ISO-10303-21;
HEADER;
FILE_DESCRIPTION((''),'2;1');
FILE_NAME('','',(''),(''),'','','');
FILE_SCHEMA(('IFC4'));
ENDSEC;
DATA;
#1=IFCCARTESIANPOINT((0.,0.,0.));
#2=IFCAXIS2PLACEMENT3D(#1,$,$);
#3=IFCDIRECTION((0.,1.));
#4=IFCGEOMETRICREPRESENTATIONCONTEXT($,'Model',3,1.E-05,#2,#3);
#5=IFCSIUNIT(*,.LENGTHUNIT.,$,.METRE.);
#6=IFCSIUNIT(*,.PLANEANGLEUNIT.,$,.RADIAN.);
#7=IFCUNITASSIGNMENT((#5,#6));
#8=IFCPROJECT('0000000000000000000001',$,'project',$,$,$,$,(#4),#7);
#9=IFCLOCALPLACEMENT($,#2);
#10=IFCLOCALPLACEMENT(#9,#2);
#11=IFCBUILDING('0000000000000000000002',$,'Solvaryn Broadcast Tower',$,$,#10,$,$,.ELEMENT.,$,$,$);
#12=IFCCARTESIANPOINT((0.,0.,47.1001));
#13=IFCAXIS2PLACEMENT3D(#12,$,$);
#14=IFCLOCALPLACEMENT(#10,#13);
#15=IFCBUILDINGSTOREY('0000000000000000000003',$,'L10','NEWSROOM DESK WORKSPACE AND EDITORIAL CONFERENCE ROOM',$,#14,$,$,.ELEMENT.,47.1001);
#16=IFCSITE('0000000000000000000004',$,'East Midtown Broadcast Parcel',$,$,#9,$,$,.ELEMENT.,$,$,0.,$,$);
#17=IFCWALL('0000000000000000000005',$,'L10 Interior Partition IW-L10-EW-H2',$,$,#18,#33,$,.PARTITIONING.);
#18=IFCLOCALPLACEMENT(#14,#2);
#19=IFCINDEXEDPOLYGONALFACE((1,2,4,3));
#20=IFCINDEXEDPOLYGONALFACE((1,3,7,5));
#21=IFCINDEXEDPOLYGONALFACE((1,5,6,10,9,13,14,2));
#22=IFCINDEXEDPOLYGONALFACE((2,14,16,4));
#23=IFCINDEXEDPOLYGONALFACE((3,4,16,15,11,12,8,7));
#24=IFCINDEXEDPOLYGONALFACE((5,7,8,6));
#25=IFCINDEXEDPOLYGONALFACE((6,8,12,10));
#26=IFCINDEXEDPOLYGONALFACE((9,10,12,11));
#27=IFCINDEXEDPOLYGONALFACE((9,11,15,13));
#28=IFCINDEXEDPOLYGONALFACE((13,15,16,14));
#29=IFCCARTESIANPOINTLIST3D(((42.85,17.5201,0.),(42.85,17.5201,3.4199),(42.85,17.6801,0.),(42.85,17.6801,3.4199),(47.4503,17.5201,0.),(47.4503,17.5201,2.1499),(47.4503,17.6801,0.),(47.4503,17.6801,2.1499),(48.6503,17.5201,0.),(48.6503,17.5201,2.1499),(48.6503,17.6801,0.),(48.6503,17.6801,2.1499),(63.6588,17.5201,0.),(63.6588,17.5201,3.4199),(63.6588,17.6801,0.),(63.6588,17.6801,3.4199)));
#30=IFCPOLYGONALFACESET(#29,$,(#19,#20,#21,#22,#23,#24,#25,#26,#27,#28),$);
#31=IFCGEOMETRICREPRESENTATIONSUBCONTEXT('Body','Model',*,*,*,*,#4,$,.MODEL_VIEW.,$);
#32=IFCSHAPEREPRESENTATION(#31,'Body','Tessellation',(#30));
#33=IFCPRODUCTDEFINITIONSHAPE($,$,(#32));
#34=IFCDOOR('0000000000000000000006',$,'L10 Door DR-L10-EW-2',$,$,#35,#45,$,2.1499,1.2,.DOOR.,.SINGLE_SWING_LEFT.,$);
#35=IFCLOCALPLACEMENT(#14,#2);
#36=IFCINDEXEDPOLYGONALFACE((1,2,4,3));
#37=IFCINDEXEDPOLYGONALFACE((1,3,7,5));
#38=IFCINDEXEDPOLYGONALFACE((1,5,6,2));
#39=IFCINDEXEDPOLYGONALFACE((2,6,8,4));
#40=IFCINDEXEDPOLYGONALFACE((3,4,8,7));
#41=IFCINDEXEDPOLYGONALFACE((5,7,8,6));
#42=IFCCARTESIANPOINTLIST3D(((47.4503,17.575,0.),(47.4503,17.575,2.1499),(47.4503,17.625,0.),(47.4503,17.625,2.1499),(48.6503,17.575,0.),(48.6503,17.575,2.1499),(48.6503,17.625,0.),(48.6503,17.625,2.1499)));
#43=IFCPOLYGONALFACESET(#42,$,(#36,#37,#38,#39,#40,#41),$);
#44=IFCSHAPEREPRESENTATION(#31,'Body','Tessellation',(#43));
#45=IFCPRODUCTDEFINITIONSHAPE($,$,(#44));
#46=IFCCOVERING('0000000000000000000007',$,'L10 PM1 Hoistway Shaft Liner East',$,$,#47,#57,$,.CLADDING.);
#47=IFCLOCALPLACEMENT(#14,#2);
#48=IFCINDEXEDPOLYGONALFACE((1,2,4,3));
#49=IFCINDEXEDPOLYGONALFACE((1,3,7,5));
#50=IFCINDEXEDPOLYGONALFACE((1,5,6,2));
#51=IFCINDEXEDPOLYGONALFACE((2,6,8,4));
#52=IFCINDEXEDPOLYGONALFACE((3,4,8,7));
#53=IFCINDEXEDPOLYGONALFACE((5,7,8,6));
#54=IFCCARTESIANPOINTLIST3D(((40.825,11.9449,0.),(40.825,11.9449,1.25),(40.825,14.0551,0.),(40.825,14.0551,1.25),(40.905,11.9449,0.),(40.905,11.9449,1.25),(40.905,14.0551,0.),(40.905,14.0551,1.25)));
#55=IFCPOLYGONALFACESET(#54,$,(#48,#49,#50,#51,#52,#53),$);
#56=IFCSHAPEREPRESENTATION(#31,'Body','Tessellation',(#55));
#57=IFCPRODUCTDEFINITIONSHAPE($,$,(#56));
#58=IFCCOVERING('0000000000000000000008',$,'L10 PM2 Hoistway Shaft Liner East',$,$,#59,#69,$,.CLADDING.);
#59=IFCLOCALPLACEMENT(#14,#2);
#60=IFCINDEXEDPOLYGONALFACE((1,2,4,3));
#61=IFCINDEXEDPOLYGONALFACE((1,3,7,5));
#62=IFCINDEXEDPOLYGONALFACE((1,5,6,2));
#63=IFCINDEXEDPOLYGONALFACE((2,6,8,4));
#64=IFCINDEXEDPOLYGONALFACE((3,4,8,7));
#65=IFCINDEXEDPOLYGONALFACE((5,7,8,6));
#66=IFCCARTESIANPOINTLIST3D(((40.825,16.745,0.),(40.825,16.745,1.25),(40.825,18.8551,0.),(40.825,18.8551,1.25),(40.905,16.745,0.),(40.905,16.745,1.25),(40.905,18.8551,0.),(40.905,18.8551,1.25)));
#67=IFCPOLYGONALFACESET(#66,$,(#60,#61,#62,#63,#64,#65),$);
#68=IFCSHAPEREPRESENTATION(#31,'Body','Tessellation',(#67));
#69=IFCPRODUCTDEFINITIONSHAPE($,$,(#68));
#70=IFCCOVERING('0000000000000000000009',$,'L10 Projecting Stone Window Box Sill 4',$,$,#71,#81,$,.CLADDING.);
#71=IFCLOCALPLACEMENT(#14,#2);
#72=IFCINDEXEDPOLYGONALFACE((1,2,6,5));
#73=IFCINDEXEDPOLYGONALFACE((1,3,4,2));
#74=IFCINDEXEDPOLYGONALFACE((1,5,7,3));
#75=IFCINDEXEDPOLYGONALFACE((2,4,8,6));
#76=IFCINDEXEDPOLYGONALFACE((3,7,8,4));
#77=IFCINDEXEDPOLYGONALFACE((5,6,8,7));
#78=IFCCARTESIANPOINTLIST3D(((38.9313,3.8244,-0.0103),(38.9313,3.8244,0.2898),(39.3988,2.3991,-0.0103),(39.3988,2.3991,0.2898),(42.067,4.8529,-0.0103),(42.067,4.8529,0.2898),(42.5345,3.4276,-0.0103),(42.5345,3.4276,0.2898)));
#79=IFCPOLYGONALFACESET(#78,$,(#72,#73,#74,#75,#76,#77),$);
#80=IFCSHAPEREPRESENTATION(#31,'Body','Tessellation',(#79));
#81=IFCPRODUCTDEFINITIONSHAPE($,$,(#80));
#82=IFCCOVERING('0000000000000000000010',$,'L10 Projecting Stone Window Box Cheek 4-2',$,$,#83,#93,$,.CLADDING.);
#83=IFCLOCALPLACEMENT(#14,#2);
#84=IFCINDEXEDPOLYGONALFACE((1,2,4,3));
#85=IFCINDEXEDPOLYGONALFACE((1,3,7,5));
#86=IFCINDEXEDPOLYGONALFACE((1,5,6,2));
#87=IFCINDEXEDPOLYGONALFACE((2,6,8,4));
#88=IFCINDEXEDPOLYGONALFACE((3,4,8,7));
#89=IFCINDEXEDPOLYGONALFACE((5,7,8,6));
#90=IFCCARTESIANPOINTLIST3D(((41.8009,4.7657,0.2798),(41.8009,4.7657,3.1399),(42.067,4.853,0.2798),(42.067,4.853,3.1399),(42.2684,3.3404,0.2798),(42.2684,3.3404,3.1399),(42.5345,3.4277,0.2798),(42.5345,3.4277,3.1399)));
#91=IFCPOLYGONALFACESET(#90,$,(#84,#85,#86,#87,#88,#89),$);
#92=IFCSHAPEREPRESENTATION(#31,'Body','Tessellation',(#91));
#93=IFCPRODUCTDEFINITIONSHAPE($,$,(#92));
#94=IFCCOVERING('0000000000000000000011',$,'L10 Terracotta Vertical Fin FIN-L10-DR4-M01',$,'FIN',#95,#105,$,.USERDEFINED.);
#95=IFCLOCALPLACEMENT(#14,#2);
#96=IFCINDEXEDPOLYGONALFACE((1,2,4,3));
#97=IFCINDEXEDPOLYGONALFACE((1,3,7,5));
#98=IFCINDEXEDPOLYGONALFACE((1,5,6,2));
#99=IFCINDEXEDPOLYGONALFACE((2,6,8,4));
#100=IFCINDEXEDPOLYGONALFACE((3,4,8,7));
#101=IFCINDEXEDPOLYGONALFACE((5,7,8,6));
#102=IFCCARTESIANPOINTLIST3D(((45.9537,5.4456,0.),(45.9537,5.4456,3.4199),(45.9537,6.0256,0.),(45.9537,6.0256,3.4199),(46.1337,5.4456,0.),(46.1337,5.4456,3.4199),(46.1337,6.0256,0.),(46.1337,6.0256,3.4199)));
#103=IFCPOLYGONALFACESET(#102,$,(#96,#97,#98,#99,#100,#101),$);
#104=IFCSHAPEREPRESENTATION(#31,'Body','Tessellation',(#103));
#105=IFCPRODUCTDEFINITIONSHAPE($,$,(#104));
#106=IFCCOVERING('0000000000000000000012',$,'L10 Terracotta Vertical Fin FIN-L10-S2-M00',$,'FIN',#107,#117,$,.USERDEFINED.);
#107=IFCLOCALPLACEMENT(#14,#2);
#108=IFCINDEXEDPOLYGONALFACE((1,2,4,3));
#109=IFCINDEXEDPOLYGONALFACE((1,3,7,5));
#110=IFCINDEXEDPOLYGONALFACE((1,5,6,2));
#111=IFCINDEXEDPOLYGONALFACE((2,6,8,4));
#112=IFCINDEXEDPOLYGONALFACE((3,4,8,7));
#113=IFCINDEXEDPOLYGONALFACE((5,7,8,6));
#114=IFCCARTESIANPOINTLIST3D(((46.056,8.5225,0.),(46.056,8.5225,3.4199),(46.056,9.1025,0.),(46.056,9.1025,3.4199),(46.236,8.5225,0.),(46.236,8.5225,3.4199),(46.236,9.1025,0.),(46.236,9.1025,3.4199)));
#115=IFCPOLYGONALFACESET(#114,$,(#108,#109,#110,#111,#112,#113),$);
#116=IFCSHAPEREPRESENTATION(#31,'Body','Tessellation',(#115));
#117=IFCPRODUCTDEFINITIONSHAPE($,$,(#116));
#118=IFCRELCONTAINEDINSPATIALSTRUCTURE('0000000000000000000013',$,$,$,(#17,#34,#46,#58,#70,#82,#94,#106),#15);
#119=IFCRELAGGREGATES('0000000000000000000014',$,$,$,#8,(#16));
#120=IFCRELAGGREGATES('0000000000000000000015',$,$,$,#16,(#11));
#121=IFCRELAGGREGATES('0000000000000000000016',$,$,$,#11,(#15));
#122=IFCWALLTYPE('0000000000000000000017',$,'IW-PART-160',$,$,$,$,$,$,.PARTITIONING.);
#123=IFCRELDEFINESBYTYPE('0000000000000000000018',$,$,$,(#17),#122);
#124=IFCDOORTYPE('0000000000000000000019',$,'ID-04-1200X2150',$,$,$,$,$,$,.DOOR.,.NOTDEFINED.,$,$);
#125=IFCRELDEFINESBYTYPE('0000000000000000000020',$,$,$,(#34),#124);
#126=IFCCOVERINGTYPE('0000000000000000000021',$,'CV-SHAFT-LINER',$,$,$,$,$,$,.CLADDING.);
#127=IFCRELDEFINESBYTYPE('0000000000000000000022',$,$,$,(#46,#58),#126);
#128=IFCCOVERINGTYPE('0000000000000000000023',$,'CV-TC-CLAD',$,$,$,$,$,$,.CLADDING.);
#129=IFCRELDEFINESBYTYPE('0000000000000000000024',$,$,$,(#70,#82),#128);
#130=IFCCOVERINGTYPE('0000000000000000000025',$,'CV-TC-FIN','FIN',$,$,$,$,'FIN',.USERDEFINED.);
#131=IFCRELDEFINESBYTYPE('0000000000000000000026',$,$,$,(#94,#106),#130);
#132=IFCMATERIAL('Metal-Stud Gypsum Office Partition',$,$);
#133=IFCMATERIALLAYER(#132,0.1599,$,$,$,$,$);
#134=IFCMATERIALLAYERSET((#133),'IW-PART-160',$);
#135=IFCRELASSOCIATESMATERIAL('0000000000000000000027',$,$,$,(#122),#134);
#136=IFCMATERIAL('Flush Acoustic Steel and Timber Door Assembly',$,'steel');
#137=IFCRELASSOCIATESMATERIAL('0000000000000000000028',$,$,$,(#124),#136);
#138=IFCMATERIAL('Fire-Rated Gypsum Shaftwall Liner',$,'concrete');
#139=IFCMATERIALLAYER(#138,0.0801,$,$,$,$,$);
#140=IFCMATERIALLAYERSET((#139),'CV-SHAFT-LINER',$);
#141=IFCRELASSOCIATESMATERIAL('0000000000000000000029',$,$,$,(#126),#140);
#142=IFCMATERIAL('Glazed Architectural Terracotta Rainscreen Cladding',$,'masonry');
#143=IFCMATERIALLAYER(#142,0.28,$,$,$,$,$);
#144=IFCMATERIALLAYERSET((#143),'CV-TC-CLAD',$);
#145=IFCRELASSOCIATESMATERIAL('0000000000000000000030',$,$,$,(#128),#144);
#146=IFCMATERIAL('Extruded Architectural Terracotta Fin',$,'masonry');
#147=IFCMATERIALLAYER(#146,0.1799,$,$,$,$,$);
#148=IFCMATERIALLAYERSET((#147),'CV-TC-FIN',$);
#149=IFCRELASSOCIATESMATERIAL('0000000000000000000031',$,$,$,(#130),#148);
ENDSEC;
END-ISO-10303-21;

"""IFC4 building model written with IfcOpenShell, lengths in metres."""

from ifc_helpers import new_model, si_unit, direction, frame, frame_2d, origin, origin_2d, place, context, subcontext, project, spatial, rectangle, extrude, material, layer, layer_set, type_object, element, fill, save


model = new_model("IFC4")

# Units and contexts
model_context = context("Model", 3, precision=1e-05, world=origin(), true_north=direction((0.0, 1.0)))
body_context = subcontext(model_context, "Body", "Model", "MODEL_VIEW")
ifc_project = project(units=[si_unit("LENGTHUNIT", "METRE"), si_unit("PLANEANGLEUNIT", "RADIAN")], contexts=[model_context])

# Site, building, storey
site_placement = place(None, origin())
site = spatial("IfcSite", under=ifc_project, at=site_placement, Name="East Midtown Broadcast Parcel", CompositionType="ELEMENT", RefElevation=0.0)
building_placement = place(site_placement, origin())
building = spatial("IfcBuilding", under=site, at=building_placement, Name="Solvaryn Broadcast Tower", CompositionType="ELEMENT")
storey_placement = place(building_placement, frame((0.0, 0.0, 47.1001)))
storey = spatial("IfcBuildingStorey", under=building, at=storey_placement, Name="L10", Description="NEWSROOM DESK WORKSPACE AND EDITORIAL CONFERENCE ROOM", CompositionType="ELEMENT", Elevation=47.1001)

# Shared definitions
ifc_material_1 = material(Name="Metal-Stud Gypsum Office Partition")
ifc_layer_1 = layer(ifc_material_1, 0.1599)
ifc_layer_set_1 = layer_set([ifc_layer_1], Name="IW-PART-160")
wall_type_1 = type_object("IfcWallType", Name="IW-PART-160", PredefinedType="PARTITIONING", material=ifc_layer_set_1)

# Wall, opening, door
wall_1_placement = place(storey_placement, frame((42.8501, 17.6001, 0.0), z_axis=(0.0, 0.0, 1.0), x_axis=(1.0, 0.0, 0.0)))
wall_1 = element("IfcWall", 1, at=wall_1_placement, inside=storey, type_object=wall_type_1, Name="L10 Interior Partition IW-L10-EW-H2", PredefinedType="PARTITIONING", context=body_context, shape_type="SweptSolid", body=[
    extrude(rectangle(XDim=20.8088, YDim=0.1599, at=frame_2d((10.4043, 0.0))), origin(), (0.0, 0.0, 1.0), 3.4199),
])
opening_1_placement = place(wall_1_placement, frame((4.6001, 0.0, 0.0)))
opening_1 = element("IfcOpeningElement", 2, at=opening_1_placement, cuts=wall_1, PredefinedType="OPENING", context=body_context, shape_type="SweptSolid", body=[
    extrude(rectangle(XDim=1.2, YDim=2.1499, at=frame_2d((0.6001, 1.075))), frame((0.0, 0.0901, 0.0), z_axis=(0.0, -1.0, 0.0), x_axis=(1.0, 0.0, 0.0)), (0.0, 0.0, 1.0), 0.1799),
])
ifc_material_2 = material(Name="Flush Acoustic Steel and Timber Door Assembly", Category="steel")
door_type_1 = type_object("IfcDoorType", Name="ID-04-1200X2150", OperationType="NOTDEFINED", PredefinedType="DOOR", material=ifc_material_2)
door_1_placement = place(opening_1_placement, origin())
door_1 = element("IfcDoor", 3, at=door_1_placement, inside=storey, type_object=door_type_1, Name="L10 Door DR-L10-EW-2", OperationType="SINGLE_SWING_LEFT", OverallHeight=2.1499, OverallWidth=1.2, PredefinedType="DOOR", context=body_context, shape_type="SweptSolid", body=[
    extrude(rectangle(XDim=1.2, YDim=2.1499, at=frame_2d((0.6001, 1.075))), frame((0.0, 0.0249, 0.0), z_axis=(0.0, -1.0, 0.0), x_axis=(1.0, 0.0, 0.0)), (0.0, 0.0, 1.0), 0.05),
])
fill(opening_1, door_1)

# Coverings
ifc_material_3 = material(Name="Fire-Rated Gypsum Shaftwall Liner", Category="concrete")
ifc_layer_2 = layer(ifc_material_3, 0.0801)
ifc_layer_set_2 = layer_set([ifc_layer_2], Name="CV-SHAFT-LINER")
covering_type_1 = type_object("IfcCoveringType", Name="CV-SHAFT-LINER", PredefinedType="CLADDING", material=ifc_layer_set_2)
for number, where, z_axis, x_axis, name in (
    (4, (40.865, 13.0, 0.0), (0.0, 0.0, 1.0), (1.0, 0.0, 0.0), "L10 PM1 Hoistway Shaft Liner East"),
    (5, (40.865, 17.8, 0.0), (0.0, 0.0, 1.0), (1.0, 0.0, 0.0), "L10 PM2 Hoistway Shaft Liner East"),
):
    element("IfcCovering", number, at=place(storey_placement, frame(where, z_axis=z_axis, x_axis=x_axis)), inside=storey, type_object=covering_type_1, Name=name, PredefinedType="CLADDING", context=body_context, shape_type="SweptSolid", body=[
        extrude(rectangle(XDim=0.0801, YDim=2.1101, at=origin_2d()), origin(), (0.0, 0.0, 1.0), 1.25),
    ])
ifc_material_4 = material(Name="Glazed Architectural Terracotta Rainscreen Cladding", Category="masonry")
ifc_layer_3 = layer(ifc_material_4, 0.28)
ifc_layer_set_3 = layer_set([ifc_layer_3], Name="CV-TC-CLAD")
covering_type_2 = type_object("IfcCoveringType", Name="CV-TC-CLAD", PredefinedType="CLADDING", material=ifc_layer_set_3)
covering_1_placement = place(storey_placement, frame((40.7329, 3.626, -0.0103), z_axis=(0.0, 0.0, 1.0), x_axis=(0.95019, 0.311672, 0.0)))
element("IfcCovering", 6, at=covering_1_placement, inside=storey, type_object=covering_type_2, Name="L10 Projecting Stone Window Box Sill 4", PredefinedType="CLADDING", context=body_context, shape_type="SweptSolid", body=[
    extrude(rectangle(XDim=3.3, YDim=1.5, at=origin_2d()), origin(), (0.0, 0.0, 1.0), 0.3),
])
covering_2_placement = place(storey_placement, frame((42.1677, 4.0967, 0.2798), z_axis=(0.0, 0.0, 1.0), x_axis=(0.95019, 0.311672, 0.0)))
element("IfcCovering", 7, at=covering_2_placement, inside=storey, type_object=covering_type_2, Name="L10 Projecting Stone Window Box Cheek 4-2", PredefinedType="CLADDING", context=body_context, shape_type="SweptSolid", body=[
    extrude(rectangle(XDim=0.28, YDim=1.5, at=origin_2d()), origin(), (0.0, 0.0, 1.0), 2.8601),
])
ifc_material_5 = material(Name="Extruded Architectural Terracotta Fin", Category="masonry")
ifc_layer_4 = layer(ifc_material_5, 0.1799)
ifc_layer_set_4 = layer_set([ifc_layer_4], Name="CV-TC-FIN")
covering_type_3 = type_object("IfcCoveringType", Name="CV-TC-FIN", Description="FIN", ElementType="FIN", PredefinedType="USERDEFINED", material=ifc_layer_set_4)
for number, where, z_axis, x_axis, name in (
    (8, (46.0437, 5.7356, 0.0), (0.0, 0.0, 1.0), (1.0, 0.0, 0.0), "L10 Terracotta Vertical Fin FIN-L10-DR4-M01"),
    (9, (46.146, 8.8125, 0.0), (0.0, 0.0, 1.0), (1.0, 0.0, 0.0), "L10 Terracotta Vertical Fin FIN-L10-S2-M00"),
):
    element("IfcCovering", number, at=place(storey_placement, frame(where, z_axis=z_axis, x_axis=x_axis)), inside=storey, type_object=covering_type_3, Name=name, ObjectType="FIN", PredefinedType="USERDEFINED", context=body_context, shape_type="SweptSolid", body=[
        extrude(rectangle(XDim=0.1799, YDim=0.5801, at=origin_2d()), origin(), (0.0, 0.0, 1.0), 3.4199),
    ])

save(model, "model.ifc")
